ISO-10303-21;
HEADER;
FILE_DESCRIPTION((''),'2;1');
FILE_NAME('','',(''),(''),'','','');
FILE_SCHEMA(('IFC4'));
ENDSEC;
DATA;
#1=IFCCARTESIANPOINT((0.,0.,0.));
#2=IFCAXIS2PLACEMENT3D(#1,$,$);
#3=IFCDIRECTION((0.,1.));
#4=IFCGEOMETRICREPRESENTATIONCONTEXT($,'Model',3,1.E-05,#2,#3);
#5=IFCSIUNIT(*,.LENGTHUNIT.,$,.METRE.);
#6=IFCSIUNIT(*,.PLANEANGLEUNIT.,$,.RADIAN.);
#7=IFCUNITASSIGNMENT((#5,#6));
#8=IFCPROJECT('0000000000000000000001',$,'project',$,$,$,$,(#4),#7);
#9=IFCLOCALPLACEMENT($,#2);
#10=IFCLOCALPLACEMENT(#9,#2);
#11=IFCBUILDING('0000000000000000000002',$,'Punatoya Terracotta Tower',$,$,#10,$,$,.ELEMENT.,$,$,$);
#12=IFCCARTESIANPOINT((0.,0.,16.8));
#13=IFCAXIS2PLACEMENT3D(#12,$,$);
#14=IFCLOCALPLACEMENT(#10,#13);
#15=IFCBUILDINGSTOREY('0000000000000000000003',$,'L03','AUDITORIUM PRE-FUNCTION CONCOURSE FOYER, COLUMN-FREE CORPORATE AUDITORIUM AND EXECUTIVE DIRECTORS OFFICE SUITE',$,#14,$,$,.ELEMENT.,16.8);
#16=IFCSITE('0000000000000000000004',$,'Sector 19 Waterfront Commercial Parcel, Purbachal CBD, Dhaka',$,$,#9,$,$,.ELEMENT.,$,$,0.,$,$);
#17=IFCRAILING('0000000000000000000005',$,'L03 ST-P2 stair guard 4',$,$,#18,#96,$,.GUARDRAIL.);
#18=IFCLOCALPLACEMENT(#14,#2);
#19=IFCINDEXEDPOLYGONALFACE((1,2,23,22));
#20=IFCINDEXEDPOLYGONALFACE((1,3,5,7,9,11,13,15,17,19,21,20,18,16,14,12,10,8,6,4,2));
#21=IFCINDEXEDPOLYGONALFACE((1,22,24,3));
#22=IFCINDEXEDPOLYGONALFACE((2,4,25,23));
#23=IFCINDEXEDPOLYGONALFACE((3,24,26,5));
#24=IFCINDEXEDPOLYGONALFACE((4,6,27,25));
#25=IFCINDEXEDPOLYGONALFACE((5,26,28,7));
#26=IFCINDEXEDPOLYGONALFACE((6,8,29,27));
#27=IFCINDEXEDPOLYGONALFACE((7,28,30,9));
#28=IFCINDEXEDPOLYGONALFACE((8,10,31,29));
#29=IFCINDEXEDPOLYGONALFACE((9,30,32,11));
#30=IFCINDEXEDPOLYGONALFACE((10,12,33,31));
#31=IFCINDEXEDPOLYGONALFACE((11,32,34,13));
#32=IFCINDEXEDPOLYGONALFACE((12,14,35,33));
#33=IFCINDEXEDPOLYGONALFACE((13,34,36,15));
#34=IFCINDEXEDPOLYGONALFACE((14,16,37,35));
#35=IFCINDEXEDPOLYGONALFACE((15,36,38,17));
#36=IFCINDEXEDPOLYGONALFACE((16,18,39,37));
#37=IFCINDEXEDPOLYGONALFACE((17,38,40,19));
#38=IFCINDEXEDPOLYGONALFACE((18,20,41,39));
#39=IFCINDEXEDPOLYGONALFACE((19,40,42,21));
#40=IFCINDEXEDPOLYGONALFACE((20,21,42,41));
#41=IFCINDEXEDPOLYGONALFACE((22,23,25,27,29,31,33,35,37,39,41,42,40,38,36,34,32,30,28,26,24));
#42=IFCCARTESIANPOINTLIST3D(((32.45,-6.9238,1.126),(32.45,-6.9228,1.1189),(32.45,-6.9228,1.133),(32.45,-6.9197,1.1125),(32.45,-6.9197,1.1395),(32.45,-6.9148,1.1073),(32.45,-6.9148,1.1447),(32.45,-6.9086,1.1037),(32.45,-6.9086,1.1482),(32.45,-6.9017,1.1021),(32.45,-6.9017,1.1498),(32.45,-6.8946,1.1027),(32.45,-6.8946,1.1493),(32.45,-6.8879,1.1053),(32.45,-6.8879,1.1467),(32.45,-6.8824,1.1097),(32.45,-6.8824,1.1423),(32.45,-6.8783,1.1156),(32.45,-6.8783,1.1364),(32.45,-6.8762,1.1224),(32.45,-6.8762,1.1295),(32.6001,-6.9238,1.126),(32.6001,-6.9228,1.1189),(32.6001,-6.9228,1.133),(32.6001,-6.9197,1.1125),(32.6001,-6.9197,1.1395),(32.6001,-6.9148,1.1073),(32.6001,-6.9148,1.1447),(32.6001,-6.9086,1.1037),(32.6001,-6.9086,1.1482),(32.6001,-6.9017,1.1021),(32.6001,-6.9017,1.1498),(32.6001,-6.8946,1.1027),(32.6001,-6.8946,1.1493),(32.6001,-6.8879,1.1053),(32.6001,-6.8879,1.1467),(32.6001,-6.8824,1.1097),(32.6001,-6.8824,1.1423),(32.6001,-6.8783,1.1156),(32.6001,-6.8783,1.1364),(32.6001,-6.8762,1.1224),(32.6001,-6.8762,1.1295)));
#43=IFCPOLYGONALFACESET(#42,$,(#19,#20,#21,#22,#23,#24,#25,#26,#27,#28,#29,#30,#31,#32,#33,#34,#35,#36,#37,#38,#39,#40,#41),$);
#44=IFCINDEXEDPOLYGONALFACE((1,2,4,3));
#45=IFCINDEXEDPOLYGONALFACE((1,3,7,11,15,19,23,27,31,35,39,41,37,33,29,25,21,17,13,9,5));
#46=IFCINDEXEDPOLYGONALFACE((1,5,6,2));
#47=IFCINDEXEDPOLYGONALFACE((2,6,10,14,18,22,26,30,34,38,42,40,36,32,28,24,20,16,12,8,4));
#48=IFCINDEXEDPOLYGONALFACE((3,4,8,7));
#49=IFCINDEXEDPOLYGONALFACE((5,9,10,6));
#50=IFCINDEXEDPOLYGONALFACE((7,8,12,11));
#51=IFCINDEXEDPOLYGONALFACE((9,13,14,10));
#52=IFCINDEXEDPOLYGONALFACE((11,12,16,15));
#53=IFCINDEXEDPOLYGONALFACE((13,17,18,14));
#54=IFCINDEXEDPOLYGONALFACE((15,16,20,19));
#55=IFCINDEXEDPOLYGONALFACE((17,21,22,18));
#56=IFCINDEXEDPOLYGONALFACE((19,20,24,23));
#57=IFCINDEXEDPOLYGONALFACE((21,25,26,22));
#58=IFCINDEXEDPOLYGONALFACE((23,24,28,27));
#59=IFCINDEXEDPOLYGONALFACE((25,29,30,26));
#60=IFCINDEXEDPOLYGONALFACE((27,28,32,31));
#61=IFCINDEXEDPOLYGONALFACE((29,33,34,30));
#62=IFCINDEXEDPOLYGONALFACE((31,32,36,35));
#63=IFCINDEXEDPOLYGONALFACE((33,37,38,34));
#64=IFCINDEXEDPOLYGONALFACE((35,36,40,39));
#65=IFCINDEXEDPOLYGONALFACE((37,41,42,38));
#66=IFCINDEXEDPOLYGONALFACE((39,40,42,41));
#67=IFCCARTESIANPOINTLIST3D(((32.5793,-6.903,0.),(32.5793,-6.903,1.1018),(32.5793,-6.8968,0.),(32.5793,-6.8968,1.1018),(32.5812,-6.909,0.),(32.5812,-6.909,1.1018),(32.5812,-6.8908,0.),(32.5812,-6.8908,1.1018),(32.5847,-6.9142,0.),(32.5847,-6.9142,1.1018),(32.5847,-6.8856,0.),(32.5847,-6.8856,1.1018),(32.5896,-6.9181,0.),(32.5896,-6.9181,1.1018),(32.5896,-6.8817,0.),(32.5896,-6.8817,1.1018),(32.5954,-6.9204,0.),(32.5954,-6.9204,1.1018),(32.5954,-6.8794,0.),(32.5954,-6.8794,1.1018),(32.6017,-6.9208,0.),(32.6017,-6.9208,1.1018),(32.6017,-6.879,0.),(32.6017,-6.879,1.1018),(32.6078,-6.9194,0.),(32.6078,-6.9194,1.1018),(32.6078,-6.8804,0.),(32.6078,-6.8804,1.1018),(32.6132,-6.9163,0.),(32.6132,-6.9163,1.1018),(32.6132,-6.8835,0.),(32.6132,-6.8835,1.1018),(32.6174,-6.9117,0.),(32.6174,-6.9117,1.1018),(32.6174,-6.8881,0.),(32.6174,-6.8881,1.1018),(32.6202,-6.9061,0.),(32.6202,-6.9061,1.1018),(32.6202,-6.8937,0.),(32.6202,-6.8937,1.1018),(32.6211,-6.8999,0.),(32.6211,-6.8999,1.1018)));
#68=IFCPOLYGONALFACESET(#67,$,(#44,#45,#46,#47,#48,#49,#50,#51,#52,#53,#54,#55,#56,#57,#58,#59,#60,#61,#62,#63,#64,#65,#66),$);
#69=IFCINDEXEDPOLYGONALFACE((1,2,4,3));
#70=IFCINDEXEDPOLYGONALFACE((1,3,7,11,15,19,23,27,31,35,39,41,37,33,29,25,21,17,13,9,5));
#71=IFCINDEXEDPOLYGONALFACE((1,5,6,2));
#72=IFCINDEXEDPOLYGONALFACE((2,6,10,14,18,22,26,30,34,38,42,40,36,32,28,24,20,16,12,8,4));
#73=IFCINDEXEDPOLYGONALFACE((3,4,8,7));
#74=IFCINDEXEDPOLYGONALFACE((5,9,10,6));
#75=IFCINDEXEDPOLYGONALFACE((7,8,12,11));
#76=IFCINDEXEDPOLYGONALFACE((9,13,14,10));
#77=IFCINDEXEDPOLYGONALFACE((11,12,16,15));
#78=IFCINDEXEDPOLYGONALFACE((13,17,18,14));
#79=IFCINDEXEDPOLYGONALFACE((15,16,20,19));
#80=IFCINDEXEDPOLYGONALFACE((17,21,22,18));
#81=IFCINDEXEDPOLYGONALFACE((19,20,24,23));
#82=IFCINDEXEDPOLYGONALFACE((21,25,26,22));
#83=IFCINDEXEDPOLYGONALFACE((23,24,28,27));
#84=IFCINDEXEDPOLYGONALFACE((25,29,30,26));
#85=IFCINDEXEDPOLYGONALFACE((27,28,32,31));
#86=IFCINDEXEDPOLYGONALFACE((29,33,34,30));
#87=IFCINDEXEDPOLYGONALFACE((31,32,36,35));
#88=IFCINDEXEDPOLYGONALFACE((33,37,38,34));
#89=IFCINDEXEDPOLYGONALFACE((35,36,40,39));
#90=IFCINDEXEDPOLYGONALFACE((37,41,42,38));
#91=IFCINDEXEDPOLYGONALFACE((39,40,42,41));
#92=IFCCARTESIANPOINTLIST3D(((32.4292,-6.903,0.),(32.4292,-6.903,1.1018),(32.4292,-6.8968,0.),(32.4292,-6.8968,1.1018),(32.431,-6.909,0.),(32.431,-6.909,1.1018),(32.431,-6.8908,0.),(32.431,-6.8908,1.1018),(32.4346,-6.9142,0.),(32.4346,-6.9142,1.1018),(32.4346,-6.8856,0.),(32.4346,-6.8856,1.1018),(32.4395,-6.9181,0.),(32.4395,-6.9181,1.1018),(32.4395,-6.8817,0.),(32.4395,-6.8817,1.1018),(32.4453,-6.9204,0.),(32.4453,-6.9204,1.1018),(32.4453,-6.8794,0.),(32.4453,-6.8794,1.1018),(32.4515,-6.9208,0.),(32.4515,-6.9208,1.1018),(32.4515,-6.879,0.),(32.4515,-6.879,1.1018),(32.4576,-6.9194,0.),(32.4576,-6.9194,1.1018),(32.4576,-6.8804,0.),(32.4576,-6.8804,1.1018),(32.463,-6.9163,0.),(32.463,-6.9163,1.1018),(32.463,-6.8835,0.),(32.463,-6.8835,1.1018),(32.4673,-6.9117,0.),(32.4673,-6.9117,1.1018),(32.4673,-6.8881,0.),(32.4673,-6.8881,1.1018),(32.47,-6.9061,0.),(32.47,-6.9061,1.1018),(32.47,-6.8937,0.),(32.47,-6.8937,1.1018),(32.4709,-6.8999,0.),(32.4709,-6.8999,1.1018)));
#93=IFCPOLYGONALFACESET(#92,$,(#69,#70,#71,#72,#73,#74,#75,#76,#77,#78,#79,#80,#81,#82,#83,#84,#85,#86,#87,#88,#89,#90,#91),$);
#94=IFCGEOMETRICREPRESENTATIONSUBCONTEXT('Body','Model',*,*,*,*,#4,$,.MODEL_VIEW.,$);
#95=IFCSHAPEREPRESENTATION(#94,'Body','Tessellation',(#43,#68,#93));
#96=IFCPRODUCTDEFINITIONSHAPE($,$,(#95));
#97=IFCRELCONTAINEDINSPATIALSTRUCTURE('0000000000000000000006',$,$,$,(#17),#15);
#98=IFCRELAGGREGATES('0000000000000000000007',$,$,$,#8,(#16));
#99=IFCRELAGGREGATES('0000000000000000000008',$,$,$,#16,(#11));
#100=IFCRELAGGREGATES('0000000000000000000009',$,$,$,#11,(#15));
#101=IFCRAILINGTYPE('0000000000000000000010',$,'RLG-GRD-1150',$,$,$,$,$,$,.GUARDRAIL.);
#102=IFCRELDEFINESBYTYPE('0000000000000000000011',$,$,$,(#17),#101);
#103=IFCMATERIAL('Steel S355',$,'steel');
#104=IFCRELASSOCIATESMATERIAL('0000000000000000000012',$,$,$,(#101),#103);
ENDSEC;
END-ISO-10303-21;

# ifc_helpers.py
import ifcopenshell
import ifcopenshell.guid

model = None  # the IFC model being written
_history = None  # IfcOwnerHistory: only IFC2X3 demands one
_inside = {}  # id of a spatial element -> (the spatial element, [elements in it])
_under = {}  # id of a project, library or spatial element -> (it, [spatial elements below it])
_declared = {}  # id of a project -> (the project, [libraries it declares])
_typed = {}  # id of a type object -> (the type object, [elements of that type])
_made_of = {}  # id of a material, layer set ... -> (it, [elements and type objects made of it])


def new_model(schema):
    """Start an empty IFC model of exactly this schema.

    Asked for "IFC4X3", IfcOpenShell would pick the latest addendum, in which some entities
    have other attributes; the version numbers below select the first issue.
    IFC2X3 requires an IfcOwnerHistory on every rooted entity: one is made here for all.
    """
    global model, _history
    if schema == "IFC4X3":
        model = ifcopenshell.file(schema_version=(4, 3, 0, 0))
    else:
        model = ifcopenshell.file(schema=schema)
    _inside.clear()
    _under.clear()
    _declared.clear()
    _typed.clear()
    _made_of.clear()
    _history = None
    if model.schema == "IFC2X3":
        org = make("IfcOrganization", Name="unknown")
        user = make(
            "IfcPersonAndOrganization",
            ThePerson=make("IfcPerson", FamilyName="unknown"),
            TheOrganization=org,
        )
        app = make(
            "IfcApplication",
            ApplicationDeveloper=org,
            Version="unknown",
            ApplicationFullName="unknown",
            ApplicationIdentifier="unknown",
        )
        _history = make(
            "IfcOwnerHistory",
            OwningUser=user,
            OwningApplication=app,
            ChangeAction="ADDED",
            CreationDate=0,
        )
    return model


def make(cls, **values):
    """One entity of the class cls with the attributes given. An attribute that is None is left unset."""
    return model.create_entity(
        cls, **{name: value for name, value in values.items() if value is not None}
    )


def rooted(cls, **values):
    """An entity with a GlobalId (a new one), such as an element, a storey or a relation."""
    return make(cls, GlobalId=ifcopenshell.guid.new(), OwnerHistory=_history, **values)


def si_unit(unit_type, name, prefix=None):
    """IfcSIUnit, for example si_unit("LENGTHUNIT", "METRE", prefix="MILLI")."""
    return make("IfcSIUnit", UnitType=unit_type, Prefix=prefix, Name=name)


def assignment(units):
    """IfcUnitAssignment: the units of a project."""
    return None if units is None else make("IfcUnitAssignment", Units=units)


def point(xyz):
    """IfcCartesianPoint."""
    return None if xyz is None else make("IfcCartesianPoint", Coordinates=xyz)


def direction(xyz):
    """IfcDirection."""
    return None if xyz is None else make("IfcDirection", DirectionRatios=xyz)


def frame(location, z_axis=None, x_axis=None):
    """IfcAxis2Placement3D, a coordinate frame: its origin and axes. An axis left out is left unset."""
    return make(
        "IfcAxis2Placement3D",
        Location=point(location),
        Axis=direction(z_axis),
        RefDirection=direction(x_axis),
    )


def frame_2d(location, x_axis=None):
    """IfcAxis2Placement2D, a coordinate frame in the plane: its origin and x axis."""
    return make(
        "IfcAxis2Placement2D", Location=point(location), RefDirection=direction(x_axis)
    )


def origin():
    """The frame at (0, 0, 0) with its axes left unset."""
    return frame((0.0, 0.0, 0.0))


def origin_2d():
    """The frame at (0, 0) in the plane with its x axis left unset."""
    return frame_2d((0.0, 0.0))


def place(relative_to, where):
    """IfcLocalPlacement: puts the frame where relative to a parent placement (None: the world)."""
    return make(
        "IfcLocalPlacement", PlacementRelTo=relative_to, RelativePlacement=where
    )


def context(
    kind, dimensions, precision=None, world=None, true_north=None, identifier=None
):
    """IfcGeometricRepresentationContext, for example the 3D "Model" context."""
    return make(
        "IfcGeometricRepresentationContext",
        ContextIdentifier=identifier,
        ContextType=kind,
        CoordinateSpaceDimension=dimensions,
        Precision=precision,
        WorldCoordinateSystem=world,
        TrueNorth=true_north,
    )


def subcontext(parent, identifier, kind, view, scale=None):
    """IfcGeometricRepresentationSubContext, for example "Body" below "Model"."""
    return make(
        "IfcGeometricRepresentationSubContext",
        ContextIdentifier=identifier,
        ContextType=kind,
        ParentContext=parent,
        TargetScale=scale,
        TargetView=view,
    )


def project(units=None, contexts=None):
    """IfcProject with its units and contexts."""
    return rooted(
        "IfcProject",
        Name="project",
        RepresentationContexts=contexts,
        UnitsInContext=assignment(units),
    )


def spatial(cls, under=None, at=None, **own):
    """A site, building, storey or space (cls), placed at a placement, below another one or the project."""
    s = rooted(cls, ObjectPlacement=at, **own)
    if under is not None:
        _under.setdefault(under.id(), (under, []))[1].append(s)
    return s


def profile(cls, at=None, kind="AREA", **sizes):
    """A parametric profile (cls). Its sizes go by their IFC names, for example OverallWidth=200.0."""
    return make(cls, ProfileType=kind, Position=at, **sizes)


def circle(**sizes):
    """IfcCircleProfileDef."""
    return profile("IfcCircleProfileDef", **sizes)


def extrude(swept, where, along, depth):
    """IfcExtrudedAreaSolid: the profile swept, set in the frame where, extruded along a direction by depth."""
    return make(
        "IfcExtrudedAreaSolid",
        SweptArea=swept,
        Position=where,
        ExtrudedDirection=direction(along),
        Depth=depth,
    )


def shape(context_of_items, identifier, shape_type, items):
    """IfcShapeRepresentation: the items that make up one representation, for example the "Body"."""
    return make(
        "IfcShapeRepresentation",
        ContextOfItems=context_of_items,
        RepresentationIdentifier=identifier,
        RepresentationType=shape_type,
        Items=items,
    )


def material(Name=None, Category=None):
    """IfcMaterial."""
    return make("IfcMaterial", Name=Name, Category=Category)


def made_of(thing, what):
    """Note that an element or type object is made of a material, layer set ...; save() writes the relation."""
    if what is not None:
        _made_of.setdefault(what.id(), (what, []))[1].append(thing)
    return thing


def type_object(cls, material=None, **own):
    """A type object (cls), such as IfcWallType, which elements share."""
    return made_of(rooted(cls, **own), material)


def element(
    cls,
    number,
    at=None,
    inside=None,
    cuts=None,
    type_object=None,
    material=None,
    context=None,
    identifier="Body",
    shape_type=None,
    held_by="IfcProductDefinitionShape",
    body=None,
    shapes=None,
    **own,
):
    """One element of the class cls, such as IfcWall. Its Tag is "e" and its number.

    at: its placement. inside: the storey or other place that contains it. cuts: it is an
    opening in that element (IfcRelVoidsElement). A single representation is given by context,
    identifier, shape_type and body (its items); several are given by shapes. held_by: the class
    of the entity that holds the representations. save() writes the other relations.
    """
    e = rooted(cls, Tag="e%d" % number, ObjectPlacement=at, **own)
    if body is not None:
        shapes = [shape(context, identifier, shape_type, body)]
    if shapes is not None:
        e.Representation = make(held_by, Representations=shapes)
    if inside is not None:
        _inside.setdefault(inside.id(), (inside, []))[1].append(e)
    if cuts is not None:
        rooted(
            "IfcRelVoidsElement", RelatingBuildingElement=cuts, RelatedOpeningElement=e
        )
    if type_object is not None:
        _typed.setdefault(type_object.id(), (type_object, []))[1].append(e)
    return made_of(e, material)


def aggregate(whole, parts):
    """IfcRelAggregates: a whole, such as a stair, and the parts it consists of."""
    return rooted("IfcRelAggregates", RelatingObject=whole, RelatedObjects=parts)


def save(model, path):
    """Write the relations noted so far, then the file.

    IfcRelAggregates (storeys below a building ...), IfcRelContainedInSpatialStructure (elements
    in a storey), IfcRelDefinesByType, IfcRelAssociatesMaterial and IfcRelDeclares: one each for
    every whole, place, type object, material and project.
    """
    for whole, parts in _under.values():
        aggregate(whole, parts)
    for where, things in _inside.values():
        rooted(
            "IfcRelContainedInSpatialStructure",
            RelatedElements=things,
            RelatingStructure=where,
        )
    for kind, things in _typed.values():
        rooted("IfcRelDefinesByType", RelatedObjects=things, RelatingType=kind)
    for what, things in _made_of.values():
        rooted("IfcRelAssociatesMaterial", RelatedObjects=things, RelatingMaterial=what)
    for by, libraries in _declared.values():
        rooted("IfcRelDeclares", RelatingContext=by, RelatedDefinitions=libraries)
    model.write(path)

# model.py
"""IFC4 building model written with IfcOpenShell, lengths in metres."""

from ifc_helpers import new_model, si_unit, direction, frame, origin, origin_2d, place, context, subcontext, project, spatial, circle, extrude, material, type_object, element, save


model = new_model("IFC4")

# Units and contexts
model_context = context("Model", 3, precision=1e-05, world=origin(), true_north=direction((0.0, 1.0)))
body_context = subcontext(model_context, "Body", "Model", "MODEL_VIEW")
ifc_project = project(units=[si_unit("LENGTHUNIT", "METRE"), si_unit("PLANEANGLEUNIT", "RADIAN")], contexts=[model_context])

# Site, building, storey
site_placement = place(None, origin())
site = spatial("IfcSite", under=ifc_project, at=site_placement, Name="Sector 19 Waterfront Commercial Parcel, Purbachal CBD, Dhaka", CompositionType="ELEMENT", RefElevation=0.0)
building_placement = place(site_placement, origin())
building = spatial("IfcBuilding", under=site, at=building_placement, Name="Punatoya Terracotta Tower", CompositionType="ELEMENT")
storey_placement = place(building_placement, frame((0.0, 0.0, 16.8)))
storey = spatial("IfcBuildingStorey", under=building, at=storey_placement, Name="L03", Description="AUDITORIUM PRE-FUNCTION CONCOURSE FOYER, COLUMN-FREE CORPORATE AUDITORIUM AND EXECUTIVE DIRECTORS OFFICE SUITE", CompositionType="ELEMENT", Elevation=16.8)

# Shared definitions
ifc_material_1 = material(Name="Steel S355", Category="steel")

# Railing
railing_type_1 = type_object("IfcRailingType", Name="RLG-GRD-1150", PredefinedType="GUARDRAIL", material=ifc_material_1)
railing_1_placement = place(storey_placement, frame((32.6001, -6.8999, 0.0)))
element("IfcRailing", 1, at=railing_1_placement, inside=storey, type_object=railing_type_1, Name="L03 ST-P2 stair guard 4", PredefinedType="GUARDRAIL", context=body_context, shape_type="SweptSolid", body=[
    extrude(circle(Radius=0.0239, at=origin_2d()), frame((0.0, 0.0, 1.126), z_axis=(-1.0, 0.0, 0.0), x_axis=(0.0, -1.0, 0.0)), (0.0, 0.0, 1.0), 0.1501),
    extrude(circle(Radius=0.021, at=origin_2d()), origin(), (0.0, 0.0, 1.0), 1.1018),
    extrude(circle(Radius=0.021, at=origin_2d()), frame((-0.1501, 0.0, 0.0)), (0.0, 0.0, 1.0), 1.1018),
])

save(model, "model.ifc")
